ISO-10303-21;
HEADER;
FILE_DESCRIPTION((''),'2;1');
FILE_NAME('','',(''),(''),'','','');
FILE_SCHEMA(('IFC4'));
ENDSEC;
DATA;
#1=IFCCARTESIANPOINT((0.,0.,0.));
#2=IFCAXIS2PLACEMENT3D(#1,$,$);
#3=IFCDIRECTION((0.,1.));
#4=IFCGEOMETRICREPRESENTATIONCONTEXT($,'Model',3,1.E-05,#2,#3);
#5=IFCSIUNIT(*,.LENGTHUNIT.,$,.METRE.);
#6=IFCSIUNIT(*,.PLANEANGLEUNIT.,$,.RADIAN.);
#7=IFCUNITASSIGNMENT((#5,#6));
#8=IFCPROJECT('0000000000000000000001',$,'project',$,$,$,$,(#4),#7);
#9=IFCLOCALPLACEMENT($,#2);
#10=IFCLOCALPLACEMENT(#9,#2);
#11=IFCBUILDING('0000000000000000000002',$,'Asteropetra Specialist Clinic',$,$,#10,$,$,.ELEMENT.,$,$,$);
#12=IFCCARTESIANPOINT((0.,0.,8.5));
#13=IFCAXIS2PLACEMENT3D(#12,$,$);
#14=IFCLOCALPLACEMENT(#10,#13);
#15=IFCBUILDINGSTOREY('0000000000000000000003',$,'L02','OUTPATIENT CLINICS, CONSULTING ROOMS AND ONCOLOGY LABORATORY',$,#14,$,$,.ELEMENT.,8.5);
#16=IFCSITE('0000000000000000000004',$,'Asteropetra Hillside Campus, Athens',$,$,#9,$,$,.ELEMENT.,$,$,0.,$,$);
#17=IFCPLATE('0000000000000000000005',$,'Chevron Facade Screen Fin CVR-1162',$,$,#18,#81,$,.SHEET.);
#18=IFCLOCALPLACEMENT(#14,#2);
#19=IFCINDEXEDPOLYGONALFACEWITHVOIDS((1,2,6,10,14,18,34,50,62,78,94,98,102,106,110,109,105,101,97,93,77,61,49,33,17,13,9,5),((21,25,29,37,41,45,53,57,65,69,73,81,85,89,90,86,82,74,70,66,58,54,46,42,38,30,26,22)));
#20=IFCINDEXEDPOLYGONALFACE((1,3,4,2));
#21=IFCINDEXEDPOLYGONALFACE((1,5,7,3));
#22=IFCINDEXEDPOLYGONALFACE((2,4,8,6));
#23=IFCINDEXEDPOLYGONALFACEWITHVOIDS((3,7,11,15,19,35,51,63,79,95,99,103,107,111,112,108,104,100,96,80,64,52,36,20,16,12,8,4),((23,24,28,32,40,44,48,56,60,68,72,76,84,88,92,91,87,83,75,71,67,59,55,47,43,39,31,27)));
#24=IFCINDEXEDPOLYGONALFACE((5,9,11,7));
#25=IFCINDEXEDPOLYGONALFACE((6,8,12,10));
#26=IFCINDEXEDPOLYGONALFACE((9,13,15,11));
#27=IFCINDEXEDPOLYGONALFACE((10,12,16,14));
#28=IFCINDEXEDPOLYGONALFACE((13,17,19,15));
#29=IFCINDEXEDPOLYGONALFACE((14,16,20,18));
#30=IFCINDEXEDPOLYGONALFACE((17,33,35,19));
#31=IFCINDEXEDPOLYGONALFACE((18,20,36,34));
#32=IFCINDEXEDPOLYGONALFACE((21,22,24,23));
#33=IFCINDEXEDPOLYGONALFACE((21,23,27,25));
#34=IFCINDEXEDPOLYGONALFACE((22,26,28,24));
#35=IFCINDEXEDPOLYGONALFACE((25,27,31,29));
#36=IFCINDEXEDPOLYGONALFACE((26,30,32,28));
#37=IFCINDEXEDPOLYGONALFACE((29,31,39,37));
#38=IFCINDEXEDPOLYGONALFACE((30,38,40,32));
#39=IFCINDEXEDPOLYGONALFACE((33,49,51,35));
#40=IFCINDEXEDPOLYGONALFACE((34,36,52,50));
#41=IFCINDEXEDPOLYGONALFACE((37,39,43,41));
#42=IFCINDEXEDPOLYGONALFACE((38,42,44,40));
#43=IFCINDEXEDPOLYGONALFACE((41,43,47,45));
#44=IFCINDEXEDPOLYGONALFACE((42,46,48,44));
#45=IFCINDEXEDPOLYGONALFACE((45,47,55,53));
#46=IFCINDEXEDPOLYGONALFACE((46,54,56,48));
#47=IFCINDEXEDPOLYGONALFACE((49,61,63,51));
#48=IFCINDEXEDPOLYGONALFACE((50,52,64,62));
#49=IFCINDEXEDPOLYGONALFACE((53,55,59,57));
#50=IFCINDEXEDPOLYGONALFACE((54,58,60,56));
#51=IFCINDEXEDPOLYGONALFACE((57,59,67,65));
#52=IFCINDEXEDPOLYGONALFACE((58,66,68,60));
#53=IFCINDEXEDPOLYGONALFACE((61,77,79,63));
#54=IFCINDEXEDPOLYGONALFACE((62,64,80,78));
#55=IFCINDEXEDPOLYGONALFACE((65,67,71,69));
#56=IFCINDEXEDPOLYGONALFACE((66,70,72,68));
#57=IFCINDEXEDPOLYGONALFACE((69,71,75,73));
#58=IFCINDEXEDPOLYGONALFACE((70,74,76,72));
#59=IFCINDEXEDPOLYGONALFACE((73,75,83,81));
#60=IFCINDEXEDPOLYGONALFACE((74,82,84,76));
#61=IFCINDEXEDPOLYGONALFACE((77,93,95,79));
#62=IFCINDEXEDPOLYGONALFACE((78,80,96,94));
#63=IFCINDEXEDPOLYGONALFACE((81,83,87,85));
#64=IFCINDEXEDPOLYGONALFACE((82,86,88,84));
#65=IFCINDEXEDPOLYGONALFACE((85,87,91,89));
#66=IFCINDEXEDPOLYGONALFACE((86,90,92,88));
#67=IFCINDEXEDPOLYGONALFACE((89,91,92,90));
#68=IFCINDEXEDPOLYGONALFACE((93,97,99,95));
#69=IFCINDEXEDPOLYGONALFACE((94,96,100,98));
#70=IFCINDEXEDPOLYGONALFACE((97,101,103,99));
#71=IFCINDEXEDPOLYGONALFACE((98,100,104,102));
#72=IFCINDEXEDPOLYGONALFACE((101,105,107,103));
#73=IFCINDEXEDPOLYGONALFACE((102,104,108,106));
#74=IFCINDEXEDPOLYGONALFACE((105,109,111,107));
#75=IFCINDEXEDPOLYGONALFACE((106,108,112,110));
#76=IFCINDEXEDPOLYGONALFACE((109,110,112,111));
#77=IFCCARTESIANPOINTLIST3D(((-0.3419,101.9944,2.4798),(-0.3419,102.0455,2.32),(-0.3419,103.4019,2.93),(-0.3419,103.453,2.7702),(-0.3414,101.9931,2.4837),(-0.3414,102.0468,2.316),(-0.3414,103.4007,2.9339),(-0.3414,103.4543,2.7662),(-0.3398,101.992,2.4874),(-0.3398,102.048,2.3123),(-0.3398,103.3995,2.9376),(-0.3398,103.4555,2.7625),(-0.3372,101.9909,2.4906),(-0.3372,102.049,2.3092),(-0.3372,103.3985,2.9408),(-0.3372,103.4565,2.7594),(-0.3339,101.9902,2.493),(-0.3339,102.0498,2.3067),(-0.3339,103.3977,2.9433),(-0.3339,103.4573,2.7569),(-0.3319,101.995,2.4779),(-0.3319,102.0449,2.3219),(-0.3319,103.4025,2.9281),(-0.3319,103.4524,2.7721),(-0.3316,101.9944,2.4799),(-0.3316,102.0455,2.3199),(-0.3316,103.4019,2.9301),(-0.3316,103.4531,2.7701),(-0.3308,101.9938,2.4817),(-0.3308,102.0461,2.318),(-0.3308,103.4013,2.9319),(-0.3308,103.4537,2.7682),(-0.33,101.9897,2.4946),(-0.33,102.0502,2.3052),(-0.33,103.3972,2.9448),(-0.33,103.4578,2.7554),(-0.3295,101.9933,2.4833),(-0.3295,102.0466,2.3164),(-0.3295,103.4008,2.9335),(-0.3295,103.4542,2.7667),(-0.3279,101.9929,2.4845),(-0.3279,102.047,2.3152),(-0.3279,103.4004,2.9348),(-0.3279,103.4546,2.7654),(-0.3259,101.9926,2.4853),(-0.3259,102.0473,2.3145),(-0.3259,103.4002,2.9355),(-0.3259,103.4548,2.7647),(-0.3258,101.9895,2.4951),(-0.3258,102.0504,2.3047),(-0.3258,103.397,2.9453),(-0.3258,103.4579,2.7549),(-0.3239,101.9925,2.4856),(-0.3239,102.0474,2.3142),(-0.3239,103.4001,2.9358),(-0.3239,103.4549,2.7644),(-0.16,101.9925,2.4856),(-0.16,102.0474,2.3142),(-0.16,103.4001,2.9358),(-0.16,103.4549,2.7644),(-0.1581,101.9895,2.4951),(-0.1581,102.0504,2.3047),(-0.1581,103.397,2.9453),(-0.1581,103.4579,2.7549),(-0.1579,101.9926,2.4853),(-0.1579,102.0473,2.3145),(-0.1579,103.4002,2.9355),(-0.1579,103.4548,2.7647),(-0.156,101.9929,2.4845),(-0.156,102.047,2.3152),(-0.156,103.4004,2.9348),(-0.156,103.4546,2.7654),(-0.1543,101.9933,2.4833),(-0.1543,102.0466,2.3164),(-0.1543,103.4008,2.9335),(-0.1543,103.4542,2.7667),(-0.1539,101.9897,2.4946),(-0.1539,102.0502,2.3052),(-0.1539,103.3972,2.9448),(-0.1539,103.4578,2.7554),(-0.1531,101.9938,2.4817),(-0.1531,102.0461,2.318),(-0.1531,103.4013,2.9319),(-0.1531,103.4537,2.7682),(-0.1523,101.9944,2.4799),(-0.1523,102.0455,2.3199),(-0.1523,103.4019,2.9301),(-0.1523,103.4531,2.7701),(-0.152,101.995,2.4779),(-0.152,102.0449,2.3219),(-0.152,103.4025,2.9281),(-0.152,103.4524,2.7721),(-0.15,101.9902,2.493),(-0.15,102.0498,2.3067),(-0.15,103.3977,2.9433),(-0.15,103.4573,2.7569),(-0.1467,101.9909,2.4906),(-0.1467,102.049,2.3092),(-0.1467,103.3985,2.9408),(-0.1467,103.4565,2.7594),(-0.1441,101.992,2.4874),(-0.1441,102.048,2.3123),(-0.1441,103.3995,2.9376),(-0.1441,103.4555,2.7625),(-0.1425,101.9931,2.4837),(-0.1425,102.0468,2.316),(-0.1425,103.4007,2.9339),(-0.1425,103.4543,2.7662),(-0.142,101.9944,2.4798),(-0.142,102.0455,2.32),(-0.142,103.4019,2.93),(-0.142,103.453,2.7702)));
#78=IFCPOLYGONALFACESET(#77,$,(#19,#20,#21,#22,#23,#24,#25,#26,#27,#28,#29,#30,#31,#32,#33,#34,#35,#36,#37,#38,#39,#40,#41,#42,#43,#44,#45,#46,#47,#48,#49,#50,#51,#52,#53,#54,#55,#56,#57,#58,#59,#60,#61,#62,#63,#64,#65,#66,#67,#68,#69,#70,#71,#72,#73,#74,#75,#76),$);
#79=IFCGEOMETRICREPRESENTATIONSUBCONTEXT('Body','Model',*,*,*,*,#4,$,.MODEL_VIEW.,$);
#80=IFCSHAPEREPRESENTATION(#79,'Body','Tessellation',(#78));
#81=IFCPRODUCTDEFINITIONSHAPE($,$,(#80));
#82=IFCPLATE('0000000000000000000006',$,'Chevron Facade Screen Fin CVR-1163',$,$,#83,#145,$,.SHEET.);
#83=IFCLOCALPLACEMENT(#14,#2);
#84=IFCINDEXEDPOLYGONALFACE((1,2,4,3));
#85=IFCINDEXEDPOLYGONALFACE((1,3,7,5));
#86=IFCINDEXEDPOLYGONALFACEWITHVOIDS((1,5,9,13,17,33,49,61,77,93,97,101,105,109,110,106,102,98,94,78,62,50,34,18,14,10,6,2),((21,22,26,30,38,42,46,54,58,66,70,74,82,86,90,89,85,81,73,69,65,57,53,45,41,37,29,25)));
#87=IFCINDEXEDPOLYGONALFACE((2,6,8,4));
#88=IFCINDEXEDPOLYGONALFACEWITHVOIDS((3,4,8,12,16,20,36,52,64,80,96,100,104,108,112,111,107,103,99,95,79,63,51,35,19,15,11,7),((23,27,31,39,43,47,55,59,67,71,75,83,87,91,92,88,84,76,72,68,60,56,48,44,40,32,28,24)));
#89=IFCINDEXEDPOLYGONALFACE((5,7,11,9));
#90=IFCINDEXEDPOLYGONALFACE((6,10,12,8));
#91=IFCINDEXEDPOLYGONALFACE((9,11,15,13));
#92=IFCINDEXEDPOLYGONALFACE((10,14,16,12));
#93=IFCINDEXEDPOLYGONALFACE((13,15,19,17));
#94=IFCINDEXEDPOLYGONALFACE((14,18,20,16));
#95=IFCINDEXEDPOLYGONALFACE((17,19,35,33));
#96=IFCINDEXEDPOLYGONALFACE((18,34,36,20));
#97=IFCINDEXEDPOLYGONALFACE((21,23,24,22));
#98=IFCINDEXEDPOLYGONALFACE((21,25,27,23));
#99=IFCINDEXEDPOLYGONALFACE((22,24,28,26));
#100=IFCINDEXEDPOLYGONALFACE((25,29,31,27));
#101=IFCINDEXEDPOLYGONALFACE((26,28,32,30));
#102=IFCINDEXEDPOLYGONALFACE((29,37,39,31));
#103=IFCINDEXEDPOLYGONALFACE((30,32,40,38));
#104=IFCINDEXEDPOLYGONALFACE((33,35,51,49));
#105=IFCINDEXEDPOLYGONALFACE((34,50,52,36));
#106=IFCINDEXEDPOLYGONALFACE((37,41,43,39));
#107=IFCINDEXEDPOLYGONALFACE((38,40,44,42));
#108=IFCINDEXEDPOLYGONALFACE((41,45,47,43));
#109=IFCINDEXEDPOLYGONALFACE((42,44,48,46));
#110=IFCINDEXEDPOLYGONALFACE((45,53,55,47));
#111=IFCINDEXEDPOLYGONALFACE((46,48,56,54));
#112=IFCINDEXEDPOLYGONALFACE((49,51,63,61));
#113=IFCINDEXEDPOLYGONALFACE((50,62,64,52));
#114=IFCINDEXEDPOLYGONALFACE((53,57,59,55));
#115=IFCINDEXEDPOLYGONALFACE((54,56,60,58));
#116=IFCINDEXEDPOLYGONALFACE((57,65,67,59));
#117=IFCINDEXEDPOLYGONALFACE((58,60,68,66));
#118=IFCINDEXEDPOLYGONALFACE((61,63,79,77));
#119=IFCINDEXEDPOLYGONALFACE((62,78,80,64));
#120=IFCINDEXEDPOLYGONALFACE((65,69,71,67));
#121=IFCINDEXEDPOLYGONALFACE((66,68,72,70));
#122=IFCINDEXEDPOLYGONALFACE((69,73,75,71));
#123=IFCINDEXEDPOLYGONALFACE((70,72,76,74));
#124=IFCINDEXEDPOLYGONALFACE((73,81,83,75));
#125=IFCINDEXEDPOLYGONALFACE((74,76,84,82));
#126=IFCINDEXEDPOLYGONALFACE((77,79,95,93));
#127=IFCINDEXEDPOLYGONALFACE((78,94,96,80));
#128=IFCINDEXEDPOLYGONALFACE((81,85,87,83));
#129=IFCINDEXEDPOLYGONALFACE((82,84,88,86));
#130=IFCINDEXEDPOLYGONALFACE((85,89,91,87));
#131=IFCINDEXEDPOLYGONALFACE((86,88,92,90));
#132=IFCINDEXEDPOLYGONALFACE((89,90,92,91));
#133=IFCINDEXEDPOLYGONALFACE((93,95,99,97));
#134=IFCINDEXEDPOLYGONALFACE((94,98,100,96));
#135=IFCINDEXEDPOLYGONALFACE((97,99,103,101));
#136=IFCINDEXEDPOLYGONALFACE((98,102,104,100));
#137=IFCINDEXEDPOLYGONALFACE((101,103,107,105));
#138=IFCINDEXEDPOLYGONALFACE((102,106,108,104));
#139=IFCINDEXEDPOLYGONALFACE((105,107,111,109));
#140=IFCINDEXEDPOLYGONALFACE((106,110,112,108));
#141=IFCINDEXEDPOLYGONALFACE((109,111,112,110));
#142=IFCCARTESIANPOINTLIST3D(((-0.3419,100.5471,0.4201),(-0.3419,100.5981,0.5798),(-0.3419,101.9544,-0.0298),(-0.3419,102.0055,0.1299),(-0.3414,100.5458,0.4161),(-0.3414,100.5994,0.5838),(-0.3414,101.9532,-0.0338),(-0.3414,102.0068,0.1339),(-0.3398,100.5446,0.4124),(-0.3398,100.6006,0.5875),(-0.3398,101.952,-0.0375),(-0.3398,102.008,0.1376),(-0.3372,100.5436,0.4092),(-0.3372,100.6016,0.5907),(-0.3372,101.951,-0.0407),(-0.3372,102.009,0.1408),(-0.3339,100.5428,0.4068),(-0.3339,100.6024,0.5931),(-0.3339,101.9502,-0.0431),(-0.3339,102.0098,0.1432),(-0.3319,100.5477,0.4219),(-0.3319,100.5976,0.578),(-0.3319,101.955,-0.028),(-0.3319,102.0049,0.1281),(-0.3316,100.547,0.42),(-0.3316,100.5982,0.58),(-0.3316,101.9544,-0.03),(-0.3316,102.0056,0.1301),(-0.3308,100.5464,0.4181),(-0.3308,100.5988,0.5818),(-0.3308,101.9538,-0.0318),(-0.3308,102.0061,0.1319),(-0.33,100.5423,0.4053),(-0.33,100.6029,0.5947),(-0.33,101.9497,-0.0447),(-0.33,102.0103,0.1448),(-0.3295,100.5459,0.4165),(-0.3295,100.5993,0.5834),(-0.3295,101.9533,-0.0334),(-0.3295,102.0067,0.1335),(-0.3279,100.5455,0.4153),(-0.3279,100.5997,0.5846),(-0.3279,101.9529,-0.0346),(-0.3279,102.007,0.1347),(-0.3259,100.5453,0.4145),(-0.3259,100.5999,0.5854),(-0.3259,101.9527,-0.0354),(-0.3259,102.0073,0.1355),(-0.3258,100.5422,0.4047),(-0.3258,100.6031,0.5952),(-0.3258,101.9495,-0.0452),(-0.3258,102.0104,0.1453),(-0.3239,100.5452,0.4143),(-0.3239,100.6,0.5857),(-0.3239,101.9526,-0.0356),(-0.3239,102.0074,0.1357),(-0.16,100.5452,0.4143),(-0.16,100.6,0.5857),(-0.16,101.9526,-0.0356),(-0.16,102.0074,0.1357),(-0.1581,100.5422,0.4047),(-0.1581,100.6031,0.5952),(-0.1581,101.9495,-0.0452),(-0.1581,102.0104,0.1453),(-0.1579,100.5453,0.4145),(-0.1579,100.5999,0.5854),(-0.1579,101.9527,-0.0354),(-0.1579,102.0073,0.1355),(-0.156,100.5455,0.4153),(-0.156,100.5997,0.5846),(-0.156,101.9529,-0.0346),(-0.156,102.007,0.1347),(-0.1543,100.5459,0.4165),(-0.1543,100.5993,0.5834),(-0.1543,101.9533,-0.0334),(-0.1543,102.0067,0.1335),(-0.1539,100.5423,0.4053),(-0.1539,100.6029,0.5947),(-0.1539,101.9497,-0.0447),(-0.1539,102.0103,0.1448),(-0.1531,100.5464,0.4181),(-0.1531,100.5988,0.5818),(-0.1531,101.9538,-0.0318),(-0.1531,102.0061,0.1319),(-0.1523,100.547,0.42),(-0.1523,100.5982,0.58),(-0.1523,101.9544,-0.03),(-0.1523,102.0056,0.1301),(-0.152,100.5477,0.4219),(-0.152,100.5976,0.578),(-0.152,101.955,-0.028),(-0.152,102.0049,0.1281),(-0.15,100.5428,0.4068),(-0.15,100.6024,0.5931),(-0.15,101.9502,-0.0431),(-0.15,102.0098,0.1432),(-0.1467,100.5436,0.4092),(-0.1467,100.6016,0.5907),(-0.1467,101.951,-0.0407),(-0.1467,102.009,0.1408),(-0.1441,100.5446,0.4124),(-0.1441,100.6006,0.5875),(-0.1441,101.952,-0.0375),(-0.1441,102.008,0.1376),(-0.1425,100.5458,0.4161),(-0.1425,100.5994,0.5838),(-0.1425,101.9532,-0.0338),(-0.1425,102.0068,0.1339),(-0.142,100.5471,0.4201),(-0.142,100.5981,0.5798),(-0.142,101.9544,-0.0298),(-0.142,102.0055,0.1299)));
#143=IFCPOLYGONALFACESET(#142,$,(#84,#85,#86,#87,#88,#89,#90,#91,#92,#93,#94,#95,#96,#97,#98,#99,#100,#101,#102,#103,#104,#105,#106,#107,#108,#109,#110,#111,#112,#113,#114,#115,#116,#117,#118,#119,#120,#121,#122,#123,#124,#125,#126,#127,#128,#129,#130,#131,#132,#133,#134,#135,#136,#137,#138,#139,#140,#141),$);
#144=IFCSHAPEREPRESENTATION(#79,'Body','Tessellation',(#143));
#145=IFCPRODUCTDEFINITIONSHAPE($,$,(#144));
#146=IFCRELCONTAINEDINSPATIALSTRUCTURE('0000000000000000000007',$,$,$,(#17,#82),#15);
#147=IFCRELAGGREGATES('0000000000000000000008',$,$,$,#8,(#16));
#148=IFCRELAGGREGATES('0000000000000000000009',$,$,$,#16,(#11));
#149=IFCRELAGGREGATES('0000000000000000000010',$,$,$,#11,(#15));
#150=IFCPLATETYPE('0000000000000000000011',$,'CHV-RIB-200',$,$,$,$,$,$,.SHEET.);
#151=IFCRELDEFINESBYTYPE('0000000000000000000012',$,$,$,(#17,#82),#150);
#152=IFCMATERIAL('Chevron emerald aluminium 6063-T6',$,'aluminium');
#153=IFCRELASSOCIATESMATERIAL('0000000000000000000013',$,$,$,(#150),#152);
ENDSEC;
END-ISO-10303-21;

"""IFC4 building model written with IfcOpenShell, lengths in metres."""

from ifc_helpers import new_model, si_unit, direction, frame, origin, origin_2d, place, context, subcontext, project, spatial, hollow_rectangle, extrude, material, material_profile, profile_set, type_object, element, save


model = new_model("IFC4")

# Units and contexts
model_context = context("Model", 3, precision=1e-05, world=origin(), true_north=direction((0.0, 1.0)))
body_context = subcontext(model_context, "Body", "Model", "MODEL_VIEW")
ifc_project = project(units=[si_unit("LENGTHUNIT", "METRE"), si_unit("PLANEANGLEUNIT", "RADIAN")], contexts=[model_context])

# Site, building, storey
site_placement = place(None, origin())
site = spatial("IfcSite", under=ifc_project, at=site_placement, Name="Asteropetra Hillside Campus, Athens", CompositionType="ELEMENT", RefElevation=0.0)
building_placement = place(site_placement, origin())
building = spatial("IfcBuilding", under=site, at=building_placement, Name="Asteropetra Specialist Clinic", CompositionType="ELEMENT")
storey_placement = place(building_placement, frame((0.0, 0.0, 8.5)))
storey = spatial("IfcBuildingStorey", under=building, at=storey_placement, Name="L02", Description="OUTPATIENT CLINICS, CONSULTING ROOMS AND ONCOLOGY LABORATORY", CompositionType="ELEMENT", Elevation=8.5)

# Plates
ifc_material_1 = material(Name="Chevron emerald aluminium 6063-T6", Category="aluminium")
ifc_material_profile = material_profile(ifc_material_1, hollow_rectangle(XDim=0.2, YDim=0.2, WallThickness=0.01, InnerFilletRadius=0.0081, OuterFilletRadius=0.0161, at=origin_2d()), Name="SHS 200x200x10.0")
ifc_profile_set = profile_set([ifc_material_profile], Name="Chevron emerald aluminium 6063-T6")
plate_type_1 = type_object("IfcPlateType", Name="CHV-RIB-200", PredefinedType="SHEET", material=ifc_profile_set)
plate_placement = place(storey_placement, frame((-0.2419, 103.4275, 2.8501), z_axis=(0.0, -0.952463, -0.304656), x_axis=(1.0, 0.0, 0.0)))
element("IfcPlate", 1, at=plate_placement, inside=storey, type_object=plate_type_1, Name="Chevron Facade Screen Fin CVR-1162", PredefinedType="SHEET", context=body_context, shape_type="SweptSolid", body=[
    extrude(hollow_rectangle(XDim=0.2, YDim=0.2, WallThickness=0.01, InnerFilletRadius=0.0081, OuterFilletRadius=0.0161, at=origin_2d()), origin(), (0.0, 0.0, 1.0), 1.4778),
])
for number, where, z_axis, x_axis, name in (
    (2, (-0.2419, 101.98, 0.05), (0.0, -0.95251, 0.304506), (1.0, 0.0, 0.0), "Chevron Facade Screen Fin CVR-1163"),
):
    element("IfcPlate", number, at=place(storey_placement, frame(where, z_axis=z_axis, x_axis=x_axis)), inside=storey, type_object=plate_type_1, Name=name, PredefinedType="SHEET", context=body_context, shape_type="SweptSolid", body=[
        extrude(hollow_rectangle(XDim=0.2, YDim=0.2, WallThickness=0.01, InnerFilletRadius=0.0081, OuterFilletRadius=0.0161, at=origin_2d()), origin(), (0.0, 0.0, 1.0), 1.4775),
    ])

save(model, "model.ifc")
